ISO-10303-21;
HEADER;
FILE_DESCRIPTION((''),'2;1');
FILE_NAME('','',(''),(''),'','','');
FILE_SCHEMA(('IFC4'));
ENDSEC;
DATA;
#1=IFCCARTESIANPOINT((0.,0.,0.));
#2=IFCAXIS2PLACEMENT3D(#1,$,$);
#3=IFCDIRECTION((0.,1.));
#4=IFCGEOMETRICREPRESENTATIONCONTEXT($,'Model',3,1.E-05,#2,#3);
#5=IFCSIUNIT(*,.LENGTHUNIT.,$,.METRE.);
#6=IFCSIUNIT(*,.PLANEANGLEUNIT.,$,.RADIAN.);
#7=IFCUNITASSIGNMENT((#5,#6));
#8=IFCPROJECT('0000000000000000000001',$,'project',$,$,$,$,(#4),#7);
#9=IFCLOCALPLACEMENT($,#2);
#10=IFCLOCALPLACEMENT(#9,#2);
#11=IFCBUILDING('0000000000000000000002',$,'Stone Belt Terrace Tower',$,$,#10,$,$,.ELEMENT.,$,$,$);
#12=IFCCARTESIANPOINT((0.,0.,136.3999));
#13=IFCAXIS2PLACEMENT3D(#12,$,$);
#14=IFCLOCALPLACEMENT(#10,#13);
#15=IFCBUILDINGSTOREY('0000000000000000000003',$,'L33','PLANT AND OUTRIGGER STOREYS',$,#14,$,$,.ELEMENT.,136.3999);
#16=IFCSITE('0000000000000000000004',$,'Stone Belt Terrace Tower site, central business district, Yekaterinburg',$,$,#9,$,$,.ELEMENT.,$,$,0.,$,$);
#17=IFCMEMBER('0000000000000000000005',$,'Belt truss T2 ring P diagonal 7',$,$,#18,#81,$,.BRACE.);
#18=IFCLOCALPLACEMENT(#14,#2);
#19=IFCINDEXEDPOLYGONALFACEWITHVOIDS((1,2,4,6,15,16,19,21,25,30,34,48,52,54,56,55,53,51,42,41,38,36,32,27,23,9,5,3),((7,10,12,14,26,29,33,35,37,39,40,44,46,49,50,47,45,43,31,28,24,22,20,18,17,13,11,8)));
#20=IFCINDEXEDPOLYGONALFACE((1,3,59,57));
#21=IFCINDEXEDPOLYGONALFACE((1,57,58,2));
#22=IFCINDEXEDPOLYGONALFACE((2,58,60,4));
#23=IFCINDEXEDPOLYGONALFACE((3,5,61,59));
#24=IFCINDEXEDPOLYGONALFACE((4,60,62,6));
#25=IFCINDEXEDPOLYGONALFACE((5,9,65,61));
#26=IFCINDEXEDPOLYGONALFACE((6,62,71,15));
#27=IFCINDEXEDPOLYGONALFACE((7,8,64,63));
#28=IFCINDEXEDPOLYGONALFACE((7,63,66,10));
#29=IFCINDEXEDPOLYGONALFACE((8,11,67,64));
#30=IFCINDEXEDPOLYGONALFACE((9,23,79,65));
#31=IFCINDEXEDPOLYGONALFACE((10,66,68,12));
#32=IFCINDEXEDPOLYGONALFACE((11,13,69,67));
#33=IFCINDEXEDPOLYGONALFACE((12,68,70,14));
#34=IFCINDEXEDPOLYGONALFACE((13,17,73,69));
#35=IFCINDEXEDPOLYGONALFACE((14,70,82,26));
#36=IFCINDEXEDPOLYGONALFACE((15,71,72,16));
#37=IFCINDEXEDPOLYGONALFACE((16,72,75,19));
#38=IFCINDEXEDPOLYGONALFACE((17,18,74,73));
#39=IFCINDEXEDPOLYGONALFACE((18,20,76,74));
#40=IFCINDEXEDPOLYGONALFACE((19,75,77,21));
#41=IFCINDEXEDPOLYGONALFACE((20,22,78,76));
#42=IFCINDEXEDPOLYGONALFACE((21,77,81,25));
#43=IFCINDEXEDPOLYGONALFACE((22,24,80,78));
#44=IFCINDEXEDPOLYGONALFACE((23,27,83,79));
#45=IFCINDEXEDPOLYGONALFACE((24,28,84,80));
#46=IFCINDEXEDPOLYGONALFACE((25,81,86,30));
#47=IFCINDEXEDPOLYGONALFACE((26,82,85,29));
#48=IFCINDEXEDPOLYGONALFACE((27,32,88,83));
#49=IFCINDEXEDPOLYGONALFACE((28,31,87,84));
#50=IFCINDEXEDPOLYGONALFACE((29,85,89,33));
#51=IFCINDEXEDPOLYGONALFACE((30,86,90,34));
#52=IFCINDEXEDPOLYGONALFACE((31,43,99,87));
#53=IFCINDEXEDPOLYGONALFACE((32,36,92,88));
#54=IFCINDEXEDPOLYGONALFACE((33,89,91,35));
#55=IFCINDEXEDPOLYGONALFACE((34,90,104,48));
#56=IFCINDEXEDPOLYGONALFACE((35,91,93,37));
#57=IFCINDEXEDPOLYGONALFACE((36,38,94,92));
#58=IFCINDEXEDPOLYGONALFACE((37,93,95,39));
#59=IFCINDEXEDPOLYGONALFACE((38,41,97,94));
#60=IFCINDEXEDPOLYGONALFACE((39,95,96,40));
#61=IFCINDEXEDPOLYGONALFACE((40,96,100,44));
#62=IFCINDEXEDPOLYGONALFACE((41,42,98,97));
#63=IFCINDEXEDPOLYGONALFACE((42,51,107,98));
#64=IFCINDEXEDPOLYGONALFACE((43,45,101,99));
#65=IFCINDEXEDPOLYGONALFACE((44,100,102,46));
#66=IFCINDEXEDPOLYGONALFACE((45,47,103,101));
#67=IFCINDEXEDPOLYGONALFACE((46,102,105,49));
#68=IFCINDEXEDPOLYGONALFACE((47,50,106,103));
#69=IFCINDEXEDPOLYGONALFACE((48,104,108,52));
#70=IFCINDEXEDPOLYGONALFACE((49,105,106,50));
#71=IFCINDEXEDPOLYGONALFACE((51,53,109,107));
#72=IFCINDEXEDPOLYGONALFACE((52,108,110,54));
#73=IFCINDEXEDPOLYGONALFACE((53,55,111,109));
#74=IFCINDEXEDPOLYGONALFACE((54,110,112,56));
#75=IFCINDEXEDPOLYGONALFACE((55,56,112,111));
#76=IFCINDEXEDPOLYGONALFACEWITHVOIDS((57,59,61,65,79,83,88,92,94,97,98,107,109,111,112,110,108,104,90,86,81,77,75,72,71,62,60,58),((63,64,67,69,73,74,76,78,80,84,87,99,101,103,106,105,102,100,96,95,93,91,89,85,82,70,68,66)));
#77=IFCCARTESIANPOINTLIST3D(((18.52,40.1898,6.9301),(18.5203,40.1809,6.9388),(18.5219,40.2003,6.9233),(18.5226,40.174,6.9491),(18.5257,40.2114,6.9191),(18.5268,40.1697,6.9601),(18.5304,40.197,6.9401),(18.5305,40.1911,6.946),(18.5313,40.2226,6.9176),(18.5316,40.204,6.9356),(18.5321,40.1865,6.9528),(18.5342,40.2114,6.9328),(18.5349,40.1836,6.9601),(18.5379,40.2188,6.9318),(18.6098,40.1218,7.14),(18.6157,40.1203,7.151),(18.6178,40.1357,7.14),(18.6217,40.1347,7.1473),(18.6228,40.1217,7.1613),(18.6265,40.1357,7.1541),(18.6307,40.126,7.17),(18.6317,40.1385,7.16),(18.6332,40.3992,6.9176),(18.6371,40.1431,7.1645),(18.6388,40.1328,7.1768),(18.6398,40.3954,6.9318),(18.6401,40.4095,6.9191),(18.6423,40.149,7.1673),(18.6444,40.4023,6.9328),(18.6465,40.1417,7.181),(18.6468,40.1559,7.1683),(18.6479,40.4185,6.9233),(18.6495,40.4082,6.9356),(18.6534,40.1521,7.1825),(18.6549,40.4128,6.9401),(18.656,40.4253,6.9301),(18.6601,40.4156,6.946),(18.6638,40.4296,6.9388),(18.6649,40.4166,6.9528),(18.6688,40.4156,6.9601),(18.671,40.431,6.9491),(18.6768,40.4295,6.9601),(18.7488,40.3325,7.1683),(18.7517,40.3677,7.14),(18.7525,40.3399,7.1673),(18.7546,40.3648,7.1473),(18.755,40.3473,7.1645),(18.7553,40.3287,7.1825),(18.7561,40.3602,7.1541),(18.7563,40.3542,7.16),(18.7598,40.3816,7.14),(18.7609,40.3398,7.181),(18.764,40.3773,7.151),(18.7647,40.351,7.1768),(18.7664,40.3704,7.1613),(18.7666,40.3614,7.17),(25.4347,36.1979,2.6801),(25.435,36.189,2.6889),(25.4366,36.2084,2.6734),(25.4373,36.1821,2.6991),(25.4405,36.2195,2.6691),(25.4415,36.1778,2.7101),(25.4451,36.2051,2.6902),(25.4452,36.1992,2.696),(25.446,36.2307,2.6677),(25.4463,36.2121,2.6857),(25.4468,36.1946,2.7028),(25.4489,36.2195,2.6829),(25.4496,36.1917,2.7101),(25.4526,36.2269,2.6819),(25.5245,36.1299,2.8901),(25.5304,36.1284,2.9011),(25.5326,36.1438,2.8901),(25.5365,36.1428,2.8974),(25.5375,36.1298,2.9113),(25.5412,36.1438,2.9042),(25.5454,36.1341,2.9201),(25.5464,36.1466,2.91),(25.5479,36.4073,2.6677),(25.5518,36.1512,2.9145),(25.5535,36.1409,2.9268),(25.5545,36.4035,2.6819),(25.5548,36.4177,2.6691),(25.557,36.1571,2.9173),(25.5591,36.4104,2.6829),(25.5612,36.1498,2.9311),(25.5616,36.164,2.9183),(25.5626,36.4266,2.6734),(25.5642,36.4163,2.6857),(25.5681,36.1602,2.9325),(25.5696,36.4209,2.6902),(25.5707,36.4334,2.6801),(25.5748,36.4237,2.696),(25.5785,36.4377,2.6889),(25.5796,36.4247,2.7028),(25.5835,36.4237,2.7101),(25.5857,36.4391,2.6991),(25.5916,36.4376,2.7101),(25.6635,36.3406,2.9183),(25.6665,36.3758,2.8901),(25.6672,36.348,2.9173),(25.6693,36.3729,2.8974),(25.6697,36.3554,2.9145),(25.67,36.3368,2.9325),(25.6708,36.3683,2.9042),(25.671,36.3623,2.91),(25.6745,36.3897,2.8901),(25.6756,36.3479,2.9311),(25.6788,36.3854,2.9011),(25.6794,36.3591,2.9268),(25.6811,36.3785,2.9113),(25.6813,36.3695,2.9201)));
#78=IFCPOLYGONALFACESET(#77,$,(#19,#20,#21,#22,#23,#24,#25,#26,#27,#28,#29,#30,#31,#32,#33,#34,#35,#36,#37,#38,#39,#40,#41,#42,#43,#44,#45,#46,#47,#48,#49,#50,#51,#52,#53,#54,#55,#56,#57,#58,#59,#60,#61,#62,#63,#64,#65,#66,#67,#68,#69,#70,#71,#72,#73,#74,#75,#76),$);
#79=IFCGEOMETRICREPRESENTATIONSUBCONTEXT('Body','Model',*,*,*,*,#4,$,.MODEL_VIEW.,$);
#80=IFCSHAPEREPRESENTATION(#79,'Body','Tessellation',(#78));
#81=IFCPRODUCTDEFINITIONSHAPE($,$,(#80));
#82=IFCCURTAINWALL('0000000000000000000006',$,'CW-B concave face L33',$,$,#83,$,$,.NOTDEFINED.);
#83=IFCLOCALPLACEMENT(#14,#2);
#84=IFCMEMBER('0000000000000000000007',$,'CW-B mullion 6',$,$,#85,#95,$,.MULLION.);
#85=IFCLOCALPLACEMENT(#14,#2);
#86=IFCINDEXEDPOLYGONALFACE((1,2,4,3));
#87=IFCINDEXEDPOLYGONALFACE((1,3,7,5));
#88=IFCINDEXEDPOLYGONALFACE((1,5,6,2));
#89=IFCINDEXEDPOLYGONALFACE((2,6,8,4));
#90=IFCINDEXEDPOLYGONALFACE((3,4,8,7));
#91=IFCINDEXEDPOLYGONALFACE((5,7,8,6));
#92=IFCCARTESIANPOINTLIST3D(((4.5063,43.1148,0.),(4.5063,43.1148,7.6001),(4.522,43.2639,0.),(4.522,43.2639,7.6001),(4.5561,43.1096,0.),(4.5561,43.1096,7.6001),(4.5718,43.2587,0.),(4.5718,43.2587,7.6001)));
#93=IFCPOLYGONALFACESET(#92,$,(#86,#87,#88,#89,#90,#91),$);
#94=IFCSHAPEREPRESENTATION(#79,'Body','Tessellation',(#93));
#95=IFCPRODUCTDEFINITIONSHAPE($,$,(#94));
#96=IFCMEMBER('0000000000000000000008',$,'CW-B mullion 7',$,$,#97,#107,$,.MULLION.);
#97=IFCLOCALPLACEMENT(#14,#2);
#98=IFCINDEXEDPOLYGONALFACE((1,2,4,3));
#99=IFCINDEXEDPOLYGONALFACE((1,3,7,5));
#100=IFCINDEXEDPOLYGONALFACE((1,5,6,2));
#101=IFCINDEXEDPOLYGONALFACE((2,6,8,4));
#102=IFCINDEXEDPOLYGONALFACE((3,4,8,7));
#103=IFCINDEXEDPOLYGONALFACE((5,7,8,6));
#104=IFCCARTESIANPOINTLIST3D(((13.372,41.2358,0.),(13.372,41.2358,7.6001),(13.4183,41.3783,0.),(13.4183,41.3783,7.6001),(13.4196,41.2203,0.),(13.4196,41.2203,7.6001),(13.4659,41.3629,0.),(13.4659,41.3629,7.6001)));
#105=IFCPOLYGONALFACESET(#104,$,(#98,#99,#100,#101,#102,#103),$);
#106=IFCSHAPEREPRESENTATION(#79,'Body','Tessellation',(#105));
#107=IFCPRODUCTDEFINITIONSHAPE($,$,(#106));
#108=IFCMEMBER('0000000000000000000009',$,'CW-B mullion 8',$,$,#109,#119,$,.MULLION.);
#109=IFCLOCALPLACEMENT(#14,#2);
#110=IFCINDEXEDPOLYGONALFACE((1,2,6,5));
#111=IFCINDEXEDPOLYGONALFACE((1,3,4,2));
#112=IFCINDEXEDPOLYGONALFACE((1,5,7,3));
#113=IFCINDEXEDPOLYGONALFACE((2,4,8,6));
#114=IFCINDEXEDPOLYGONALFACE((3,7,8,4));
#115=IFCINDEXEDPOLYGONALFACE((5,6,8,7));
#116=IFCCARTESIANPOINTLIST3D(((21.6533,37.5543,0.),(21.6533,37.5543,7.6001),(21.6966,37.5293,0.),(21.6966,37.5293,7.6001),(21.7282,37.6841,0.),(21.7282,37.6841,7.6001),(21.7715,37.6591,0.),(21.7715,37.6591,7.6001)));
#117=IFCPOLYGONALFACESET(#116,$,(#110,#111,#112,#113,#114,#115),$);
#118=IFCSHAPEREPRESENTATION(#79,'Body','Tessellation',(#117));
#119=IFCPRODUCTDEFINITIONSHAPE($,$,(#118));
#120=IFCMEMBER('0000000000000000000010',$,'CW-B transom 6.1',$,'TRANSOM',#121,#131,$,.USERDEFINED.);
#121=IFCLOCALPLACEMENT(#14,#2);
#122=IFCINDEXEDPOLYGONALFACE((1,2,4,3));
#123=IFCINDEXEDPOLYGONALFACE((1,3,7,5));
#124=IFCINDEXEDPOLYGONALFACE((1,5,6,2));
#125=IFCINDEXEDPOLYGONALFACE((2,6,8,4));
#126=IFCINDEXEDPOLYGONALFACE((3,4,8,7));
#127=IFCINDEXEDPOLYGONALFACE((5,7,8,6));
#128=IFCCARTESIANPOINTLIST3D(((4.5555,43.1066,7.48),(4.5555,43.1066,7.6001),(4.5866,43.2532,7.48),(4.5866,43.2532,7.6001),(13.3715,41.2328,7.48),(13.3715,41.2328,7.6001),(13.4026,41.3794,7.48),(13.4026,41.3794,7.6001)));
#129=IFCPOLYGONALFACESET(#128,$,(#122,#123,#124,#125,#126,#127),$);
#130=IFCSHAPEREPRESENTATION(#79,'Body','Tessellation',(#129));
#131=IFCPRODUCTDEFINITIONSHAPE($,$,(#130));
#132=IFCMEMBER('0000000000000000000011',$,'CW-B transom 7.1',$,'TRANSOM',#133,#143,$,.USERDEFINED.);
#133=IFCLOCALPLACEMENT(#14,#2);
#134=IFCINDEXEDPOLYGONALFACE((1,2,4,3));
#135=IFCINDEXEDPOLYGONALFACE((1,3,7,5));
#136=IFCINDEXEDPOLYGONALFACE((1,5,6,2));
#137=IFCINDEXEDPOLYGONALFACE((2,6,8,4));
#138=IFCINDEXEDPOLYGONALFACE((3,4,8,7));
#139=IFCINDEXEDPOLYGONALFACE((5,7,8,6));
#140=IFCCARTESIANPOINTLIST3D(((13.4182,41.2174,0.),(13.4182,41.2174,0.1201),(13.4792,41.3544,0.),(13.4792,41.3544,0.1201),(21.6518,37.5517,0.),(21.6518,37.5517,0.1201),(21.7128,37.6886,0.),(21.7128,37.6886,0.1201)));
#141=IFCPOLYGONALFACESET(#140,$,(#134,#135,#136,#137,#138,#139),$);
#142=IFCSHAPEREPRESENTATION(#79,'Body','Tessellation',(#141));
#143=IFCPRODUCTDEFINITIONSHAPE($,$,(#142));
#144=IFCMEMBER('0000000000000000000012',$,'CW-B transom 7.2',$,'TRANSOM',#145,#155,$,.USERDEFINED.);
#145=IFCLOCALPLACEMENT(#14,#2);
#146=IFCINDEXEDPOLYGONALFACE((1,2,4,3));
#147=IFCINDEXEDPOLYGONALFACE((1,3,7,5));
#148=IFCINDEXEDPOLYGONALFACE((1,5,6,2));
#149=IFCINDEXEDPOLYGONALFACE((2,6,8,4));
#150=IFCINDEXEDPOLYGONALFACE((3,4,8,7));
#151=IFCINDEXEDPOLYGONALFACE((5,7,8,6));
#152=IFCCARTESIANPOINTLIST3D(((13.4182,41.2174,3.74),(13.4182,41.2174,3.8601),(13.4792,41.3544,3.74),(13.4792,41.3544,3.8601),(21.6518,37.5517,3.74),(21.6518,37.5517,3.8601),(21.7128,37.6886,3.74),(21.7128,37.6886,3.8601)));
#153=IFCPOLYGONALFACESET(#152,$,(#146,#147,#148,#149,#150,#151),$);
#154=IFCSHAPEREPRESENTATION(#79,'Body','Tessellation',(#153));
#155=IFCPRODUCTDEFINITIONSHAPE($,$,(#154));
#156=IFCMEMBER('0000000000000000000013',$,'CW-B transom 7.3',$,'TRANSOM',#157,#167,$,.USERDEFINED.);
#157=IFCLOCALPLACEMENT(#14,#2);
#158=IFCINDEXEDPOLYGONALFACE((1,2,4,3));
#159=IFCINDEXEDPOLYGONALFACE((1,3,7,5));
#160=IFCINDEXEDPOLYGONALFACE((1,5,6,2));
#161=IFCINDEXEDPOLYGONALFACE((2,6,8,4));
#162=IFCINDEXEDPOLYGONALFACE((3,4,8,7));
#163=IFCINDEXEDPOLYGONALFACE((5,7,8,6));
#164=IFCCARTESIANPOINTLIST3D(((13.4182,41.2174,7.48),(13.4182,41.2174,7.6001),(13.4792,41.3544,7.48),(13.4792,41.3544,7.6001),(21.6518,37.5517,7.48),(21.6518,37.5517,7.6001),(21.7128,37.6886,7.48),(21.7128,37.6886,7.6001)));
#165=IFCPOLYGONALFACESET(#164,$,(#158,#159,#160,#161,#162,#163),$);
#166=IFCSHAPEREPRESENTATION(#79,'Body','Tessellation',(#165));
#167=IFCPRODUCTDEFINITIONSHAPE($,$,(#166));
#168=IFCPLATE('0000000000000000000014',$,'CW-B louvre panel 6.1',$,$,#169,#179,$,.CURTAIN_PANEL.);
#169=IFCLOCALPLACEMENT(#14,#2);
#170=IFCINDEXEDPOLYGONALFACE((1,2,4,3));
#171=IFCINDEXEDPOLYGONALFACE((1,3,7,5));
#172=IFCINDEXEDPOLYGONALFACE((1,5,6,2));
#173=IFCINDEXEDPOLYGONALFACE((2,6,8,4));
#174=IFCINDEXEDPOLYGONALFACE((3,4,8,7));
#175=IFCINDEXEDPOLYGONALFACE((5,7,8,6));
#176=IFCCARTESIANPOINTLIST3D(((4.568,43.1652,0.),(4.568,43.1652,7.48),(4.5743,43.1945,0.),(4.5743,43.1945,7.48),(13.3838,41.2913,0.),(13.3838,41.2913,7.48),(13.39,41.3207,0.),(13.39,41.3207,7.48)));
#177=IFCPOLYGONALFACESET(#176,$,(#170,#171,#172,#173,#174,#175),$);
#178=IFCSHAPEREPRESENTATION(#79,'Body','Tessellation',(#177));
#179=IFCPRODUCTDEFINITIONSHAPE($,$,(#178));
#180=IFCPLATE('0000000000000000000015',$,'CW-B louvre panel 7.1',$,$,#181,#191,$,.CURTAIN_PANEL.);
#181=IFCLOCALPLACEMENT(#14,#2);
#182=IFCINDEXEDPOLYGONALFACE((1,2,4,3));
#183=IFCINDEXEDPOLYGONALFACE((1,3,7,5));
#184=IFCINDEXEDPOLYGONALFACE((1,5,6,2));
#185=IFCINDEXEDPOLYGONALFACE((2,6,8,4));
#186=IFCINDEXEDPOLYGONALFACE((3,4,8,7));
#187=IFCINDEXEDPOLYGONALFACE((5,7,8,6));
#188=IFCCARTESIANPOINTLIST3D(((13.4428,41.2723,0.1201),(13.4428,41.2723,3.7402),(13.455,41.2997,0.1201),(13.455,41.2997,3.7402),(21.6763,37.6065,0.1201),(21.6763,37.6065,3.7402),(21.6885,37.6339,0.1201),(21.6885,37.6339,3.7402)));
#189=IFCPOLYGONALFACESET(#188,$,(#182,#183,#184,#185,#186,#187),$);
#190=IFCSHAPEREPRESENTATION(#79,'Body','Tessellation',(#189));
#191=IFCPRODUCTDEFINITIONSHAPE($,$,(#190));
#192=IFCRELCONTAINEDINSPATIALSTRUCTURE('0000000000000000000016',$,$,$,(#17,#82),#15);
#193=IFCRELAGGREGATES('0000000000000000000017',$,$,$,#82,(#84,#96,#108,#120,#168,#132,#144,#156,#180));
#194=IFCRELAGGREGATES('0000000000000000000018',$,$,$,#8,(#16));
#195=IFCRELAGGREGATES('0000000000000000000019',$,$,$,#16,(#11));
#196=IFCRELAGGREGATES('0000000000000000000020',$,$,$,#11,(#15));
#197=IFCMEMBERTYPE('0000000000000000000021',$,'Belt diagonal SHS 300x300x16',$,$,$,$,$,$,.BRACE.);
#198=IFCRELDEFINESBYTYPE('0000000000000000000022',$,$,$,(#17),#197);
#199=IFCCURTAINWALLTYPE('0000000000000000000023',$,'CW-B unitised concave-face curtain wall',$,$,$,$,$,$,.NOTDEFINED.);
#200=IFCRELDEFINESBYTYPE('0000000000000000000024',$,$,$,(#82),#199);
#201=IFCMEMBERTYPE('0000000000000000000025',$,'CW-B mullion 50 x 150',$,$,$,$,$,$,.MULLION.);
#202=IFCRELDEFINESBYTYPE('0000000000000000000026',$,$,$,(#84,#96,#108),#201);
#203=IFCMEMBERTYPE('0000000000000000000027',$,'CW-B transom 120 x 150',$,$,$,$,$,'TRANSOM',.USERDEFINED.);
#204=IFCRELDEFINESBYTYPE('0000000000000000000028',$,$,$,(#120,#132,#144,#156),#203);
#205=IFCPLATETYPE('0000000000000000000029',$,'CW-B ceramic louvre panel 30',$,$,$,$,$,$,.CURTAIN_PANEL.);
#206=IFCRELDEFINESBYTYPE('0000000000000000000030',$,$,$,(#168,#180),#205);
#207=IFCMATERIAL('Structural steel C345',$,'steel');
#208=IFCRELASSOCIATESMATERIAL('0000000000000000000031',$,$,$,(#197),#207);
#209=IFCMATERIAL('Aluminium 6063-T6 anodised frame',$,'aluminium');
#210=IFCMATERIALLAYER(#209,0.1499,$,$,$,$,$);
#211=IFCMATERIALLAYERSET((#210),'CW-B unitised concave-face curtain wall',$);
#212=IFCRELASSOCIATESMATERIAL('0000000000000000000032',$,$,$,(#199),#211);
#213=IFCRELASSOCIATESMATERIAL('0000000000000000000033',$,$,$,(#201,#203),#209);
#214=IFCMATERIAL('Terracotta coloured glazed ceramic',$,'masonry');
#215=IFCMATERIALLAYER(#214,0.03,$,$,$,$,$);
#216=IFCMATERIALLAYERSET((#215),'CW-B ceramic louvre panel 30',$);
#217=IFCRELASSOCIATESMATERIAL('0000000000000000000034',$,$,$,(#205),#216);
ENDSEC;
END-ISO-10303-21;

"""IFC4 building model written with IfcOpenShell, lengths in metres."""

from ifc_helpers import new_model, si_unit, direction, frame, origin, origin_2d, place, context, subcontext, project, spatial, rectangle, hollow_rectangle, extrude, material, layer, layer_set, material_profile, profile_set, type_object, element, aggregate, save


model = new_model("IFC4")

# Units and contexts
model_context = context("Model", 3, precision=1e-05, world=origin(), true_north=direction((0.0, 1.0)))
body_context = subcontext(model_context, "Body", "Model", "MODEL_VIEW")
ifc_project = project(units=[si_unit("LENGTHUNIT", "METRE"), si_unit("PLANEANGLEUNIT", "RADIAN")], contexts=[model_context])

# Site, building, storey
site_placement = place(None, origin())
site = spatial("IfcSite", under=ifc_project, at=site_placement, Name="Stone Belt Terrace Tower site, central business district, Yekaterinburg", CompositionType="ELEMENT", RefElevation=0.0)
building_placement = place(site_placement, origin())
building = spatial("IfcBuilding", under=site, at=building_placement, Name="Stone Belt Terrace Tower", CompositionType="ELEMENT")
storey_placement = place(building_placement, frame((0.0, 0.0, 136.3999)))
storey = spatial("IfcBuildingStorey", under=building, at=storey_placement, Name="L33", Description="PLANT AND OUTRIGGER STOREYS", CompositionType="ELEMENT", Elevation=136.3999)

# Member
ifc_material_1 = material(Name="Structural steel C345", Category="steel")
ifc_material_profile_1 = material_profile(ifc_material_1, hollow_rectangle(XDim=0.3, YDim=0.3, WallThickness=0.0161, InnerFilletRadius=0.032, OuterFilletRadius=0.0481, at=origin_2d()), Name="SHS 300x300x16")
ifc_profile_set_1 = profile_set([ifc_material_profile_1], Name="Structural steel C345")
member_type_1 = type_object("IfcMemberType", Name="Belt diagonal SHS 300x300x16", PredefinedType="BRACE", material=ifc_profile_set_1)
for number, where, z_axis, x_axis, name in (
    (1, (18.6433, 40.2756, 7.05), (0.764486, -0.441341, -0.469871), (0.49997, 0.866043, 0.0), "Belt truss T2 ring P diagonal 7"),
):
    element("IfcMember", number, at=place(storey_placement, frame(where, z_axis=z_axis, x_axis=x_axis)), inside=storey, type_object=member_type_1, Name=name, PredefinedType="BRACE", context=body_context, shape_type="SweptSolid", body=[
        extrude(hollow_rectangle(XDim=0.3, YDim=0.3, WallThickness=0.0161, InnerFilletRadius=0.032, OuterFilletRadius=0.0481, at=origin_2d()), origin(), (0.0, 0.0, 1.0), 9.0449),
    ])

# Curtain wall, members, plates
ifc_material_2 = material(Name="Aluminium 6063-T6 anodised frame", Category="aluminium")
ifc_layer_1 = layer(ifc_material_2, 0.1499)
ifc_layer_set_1 = layer_set([ifc_layer_1], Name="CW-B unitised concave-face curtain wall")
curtain_wall_type = type_object("IfcCurtainWallType", Name="CW-B unitised concave-face curtain wall", PredefinedType="NOTDEFINED", material=ifc_layer_set_1)
curtain_wall_placement = place(storey_placement, origin())
curtain_wall = element("IfcCurtainWall", 2, at=curtain_wall_placement, inside=storey, type_object=curtain_wall_type, Name="CW-B concave face L33", PredefinedType="NOTDEFINED")
ifc_material_profile_2 = material_profile(ifc_material_2, rectangle(XDim=0.1499, YDim=0.05, at=origin_2d()), Name="Aluminium 6063-T6 50x150")
ifc_profile_set_2 = profile_set([ifc_material_profile_2], Name="Aluminium 6063-T6 anodised frame")
member_type_2 = type_object("IfcMemberType", Name="CW-B mullion 50 x 150", PredefinedType="MULLION", material=ifc_profile_set_2)
member_1_placement = place(storey_placement, frame((4.5391, 43.1868, 0.0), z_axis=(0.0, 0.0, 1.0), x_axis=(0.104528, 0.994522, 0.0)))
member_1 = element("IfcMember", 3, at=member_1_placement, type_object=member_type_2, Name="CW-B mullion 6", PredefinedType="MULLION", context=body_context, shape_type="SweptSolid", body=[
    extrude(rectangle(XDim=0.1499, YDim=0.05, at=origin_2d()), origin(), (0.0, 0.0, 1.0), 7.6001),
])
member_2_placement = place(storey_placement, frame((13.4189, 41.2993, 0.0), z_axis=(0.0, 0.0, 1.0), x_axis=(0.309017, 0.951057, 0.0)))
member_2 = element("IfcMember", 4, at=member_2_placement, type_object=member_type_2, Name="CW-B mullion 7", PredefinedType="MULLION", context=body_context, shape_type="SweptSolid", body=[
    extrude(rectangle(XDim=0.1499, YDim=0.05, at=origin_2d()), origin(), (0.0, 0.0, 1.0), 7.6001),
])
member_3_placement = place(storey_placement, frame((21.7124, 37.6067, 0.0), z_axis=(0.0, 0.0, 1.0), x_axis=(0.5, 0.866025, 0.0)))
member_3 = element("IfcMember", 5, at=member_3_placement, type_object=member_type_2, Name="CW-B mullion 8", PredefinedType="MULLION", context=body_context, shape_type="SweptSolid", body=[
    extrude(rectangle(XDim=0.1499, YDim=0.05, at=origin_2d()), origin(), (0.0, 0.0, 1.0), 7.6001),
])
ifc_material_profile_3 = material_profile(ifc_material_2, rectangle(XDim=0.1499, YDim=0.1201, at=origin_2d()), Name="Aluminium 6063-T6 150x120")
ifc_profile_set_3 = profile_set([ifc_material_profile_3], Name="Aluminium 6063-T6 anodised frame")
member_type_3 = type_object("IfcMemberType", Name="CW-B transom 120 x 150", ElementType="TRANSOM", PredefinedType="USERDEFINED", material=ifc_profile_set_3)
member_4_placement = place(storey_placement, frame((4.571, 43.1799, 7.54), z_axis=(0.97815, -0.207901, 0.0), x_axis=(0.207901, 0.97815, 0.0)))
member_4 = element("IfcMember", 6, at=member_4_placement, type_object=member_type_3, Name="CW-B transom 6.1", ObjectType="TRANSOM", PredefinedType="USERDEFINED", context=body_context, shape_type="SweptSolid", body=[
    extrude(rectangle(XDim=0.1499, YDim=0.1201, at=origin_2d()), origin(), (0.0, 0.0, 1.0), 9.0129),
])
member_5_placement = place(storey_placement, frame((13.4487, 41.2859, 0.0601), z_axis=(0.913549, -0.406729, 0.0), x_axis=(0.406729, 0.913549, 0.0)))
member_5 = element("IfcMember", 7, at=member_5_placement, type_object=member_type_3, Name="CW-B transom 7.1", ObjectType="TRANSOM", PredefinedType="USERDEFINED", context=body_context, shape_type="SweptSolid", body=[
    extrude(rectangle(XDim=0.1499, YDim=0.1201, at=origin_2d()), origin(), (0.0, 0.0, 1.0), 9.0127),
])
member_6_placement = place(storey_placement, frame((13.4487, 41.2859, 3.8), z_axis=(0.913549, -0.406729, 0.0), x_axis=(0.406729, 0.913549, 0.0)))
member_6 = element("IfcMember", 8, at=member_6_placement, type_object=member_type_3, Name="CW-B transom 7.2", ObjectType="TRANSOM", PredefinedType="USERDEFINED", context=body_context, shape_type="SweptSolid", body=[
    extrude(rectangle(XDim=0.1499, YDim=0.1201, at=origin_2d()), origin(), (0.0, 0.0, 1.0), 9.0127),
])
member_7_placement = place(storey_placement, frame((13.4487, 41.2859, 7.54), z_axis=(0.913549, -0.406729, 0.0), x_axis=(0.406729, 0.913549, 0.0)))
member_7 = element("IfcMember", 9, at=member_7_placement, type_object=member_type_3, Name="CW-B transom 7.3", ObjectType="TRANSOM", PredefinedType="USERDEFINED", context=body_context, shape_type="SweptSolid", body=[
    extrude(rectangle(XDim=0.1499, YDim=0.1201, at=origin_2d()), origin(), (0.0, 0.0, 1.0), 9.0127),
])
ifc_material_3 = material(Name="Terracotta coloured glazed ceramic", Category="masonry")
ifc_layer_2 = layer(ifc_material_3, 0.03)
ifc_layer_set_2 = layer_set([ifc_layer_2], Name="CW-B ceramic louvre panel 30")
plate_type = type_object("IfcPlateType", Name="CW-B ceramic louvre panel 30", PredefinedType="CURTAIN_PANEL", material=ifc_layer_set_2)
plate_1_placement = place(storey_placement, frame((8.979, 42.2429, 0.0), z_axis=(0.0, 0.0, 1.0), x_axis=(0.978148, -0.207912, 0.0)))
plate_1 = element("IfcPlate", 10, at=plate_1_placement, type_object=plate_type, Name="CW-B louvre panel 6.1", PredefinedType="CURTAIN_PANEL", context=body_context, shape_type="SweptSolid", body=[
    extrude(rectangle(XDim=9.0127, YDim=0.03, at=origin_2d()), origin(), (0.0, 0.0, 1.0), 7.48),
])
plate_2_placement = place(storey_placement, frame((17.5657, 39.4531, 0.1201), z_axis=(0.0, 0.0, 1.0), x_axis=(0.913545, -0.406737, 0.0)))
plate_2 = element("IfcPlate", 11, at=plate_2_placement, type_object=plate_type, Name="CW-B louvre panel 7.1", PredefinedType="CURTAIN_PANEL", context=body_context, shape_type="SweptSolid", body=[
    extrude(rectangle(XDim=9.0127, YDim=0.03, at=origin_2d()), origin(), (0.0, 0.0, 1.0), 3.6201),
])
aggregate(curtain_wall, [member_1, member_2, member_3, member_4, plate_1, member_5, member_6, member_7, plate_2])

save(model, "model.ifc")
